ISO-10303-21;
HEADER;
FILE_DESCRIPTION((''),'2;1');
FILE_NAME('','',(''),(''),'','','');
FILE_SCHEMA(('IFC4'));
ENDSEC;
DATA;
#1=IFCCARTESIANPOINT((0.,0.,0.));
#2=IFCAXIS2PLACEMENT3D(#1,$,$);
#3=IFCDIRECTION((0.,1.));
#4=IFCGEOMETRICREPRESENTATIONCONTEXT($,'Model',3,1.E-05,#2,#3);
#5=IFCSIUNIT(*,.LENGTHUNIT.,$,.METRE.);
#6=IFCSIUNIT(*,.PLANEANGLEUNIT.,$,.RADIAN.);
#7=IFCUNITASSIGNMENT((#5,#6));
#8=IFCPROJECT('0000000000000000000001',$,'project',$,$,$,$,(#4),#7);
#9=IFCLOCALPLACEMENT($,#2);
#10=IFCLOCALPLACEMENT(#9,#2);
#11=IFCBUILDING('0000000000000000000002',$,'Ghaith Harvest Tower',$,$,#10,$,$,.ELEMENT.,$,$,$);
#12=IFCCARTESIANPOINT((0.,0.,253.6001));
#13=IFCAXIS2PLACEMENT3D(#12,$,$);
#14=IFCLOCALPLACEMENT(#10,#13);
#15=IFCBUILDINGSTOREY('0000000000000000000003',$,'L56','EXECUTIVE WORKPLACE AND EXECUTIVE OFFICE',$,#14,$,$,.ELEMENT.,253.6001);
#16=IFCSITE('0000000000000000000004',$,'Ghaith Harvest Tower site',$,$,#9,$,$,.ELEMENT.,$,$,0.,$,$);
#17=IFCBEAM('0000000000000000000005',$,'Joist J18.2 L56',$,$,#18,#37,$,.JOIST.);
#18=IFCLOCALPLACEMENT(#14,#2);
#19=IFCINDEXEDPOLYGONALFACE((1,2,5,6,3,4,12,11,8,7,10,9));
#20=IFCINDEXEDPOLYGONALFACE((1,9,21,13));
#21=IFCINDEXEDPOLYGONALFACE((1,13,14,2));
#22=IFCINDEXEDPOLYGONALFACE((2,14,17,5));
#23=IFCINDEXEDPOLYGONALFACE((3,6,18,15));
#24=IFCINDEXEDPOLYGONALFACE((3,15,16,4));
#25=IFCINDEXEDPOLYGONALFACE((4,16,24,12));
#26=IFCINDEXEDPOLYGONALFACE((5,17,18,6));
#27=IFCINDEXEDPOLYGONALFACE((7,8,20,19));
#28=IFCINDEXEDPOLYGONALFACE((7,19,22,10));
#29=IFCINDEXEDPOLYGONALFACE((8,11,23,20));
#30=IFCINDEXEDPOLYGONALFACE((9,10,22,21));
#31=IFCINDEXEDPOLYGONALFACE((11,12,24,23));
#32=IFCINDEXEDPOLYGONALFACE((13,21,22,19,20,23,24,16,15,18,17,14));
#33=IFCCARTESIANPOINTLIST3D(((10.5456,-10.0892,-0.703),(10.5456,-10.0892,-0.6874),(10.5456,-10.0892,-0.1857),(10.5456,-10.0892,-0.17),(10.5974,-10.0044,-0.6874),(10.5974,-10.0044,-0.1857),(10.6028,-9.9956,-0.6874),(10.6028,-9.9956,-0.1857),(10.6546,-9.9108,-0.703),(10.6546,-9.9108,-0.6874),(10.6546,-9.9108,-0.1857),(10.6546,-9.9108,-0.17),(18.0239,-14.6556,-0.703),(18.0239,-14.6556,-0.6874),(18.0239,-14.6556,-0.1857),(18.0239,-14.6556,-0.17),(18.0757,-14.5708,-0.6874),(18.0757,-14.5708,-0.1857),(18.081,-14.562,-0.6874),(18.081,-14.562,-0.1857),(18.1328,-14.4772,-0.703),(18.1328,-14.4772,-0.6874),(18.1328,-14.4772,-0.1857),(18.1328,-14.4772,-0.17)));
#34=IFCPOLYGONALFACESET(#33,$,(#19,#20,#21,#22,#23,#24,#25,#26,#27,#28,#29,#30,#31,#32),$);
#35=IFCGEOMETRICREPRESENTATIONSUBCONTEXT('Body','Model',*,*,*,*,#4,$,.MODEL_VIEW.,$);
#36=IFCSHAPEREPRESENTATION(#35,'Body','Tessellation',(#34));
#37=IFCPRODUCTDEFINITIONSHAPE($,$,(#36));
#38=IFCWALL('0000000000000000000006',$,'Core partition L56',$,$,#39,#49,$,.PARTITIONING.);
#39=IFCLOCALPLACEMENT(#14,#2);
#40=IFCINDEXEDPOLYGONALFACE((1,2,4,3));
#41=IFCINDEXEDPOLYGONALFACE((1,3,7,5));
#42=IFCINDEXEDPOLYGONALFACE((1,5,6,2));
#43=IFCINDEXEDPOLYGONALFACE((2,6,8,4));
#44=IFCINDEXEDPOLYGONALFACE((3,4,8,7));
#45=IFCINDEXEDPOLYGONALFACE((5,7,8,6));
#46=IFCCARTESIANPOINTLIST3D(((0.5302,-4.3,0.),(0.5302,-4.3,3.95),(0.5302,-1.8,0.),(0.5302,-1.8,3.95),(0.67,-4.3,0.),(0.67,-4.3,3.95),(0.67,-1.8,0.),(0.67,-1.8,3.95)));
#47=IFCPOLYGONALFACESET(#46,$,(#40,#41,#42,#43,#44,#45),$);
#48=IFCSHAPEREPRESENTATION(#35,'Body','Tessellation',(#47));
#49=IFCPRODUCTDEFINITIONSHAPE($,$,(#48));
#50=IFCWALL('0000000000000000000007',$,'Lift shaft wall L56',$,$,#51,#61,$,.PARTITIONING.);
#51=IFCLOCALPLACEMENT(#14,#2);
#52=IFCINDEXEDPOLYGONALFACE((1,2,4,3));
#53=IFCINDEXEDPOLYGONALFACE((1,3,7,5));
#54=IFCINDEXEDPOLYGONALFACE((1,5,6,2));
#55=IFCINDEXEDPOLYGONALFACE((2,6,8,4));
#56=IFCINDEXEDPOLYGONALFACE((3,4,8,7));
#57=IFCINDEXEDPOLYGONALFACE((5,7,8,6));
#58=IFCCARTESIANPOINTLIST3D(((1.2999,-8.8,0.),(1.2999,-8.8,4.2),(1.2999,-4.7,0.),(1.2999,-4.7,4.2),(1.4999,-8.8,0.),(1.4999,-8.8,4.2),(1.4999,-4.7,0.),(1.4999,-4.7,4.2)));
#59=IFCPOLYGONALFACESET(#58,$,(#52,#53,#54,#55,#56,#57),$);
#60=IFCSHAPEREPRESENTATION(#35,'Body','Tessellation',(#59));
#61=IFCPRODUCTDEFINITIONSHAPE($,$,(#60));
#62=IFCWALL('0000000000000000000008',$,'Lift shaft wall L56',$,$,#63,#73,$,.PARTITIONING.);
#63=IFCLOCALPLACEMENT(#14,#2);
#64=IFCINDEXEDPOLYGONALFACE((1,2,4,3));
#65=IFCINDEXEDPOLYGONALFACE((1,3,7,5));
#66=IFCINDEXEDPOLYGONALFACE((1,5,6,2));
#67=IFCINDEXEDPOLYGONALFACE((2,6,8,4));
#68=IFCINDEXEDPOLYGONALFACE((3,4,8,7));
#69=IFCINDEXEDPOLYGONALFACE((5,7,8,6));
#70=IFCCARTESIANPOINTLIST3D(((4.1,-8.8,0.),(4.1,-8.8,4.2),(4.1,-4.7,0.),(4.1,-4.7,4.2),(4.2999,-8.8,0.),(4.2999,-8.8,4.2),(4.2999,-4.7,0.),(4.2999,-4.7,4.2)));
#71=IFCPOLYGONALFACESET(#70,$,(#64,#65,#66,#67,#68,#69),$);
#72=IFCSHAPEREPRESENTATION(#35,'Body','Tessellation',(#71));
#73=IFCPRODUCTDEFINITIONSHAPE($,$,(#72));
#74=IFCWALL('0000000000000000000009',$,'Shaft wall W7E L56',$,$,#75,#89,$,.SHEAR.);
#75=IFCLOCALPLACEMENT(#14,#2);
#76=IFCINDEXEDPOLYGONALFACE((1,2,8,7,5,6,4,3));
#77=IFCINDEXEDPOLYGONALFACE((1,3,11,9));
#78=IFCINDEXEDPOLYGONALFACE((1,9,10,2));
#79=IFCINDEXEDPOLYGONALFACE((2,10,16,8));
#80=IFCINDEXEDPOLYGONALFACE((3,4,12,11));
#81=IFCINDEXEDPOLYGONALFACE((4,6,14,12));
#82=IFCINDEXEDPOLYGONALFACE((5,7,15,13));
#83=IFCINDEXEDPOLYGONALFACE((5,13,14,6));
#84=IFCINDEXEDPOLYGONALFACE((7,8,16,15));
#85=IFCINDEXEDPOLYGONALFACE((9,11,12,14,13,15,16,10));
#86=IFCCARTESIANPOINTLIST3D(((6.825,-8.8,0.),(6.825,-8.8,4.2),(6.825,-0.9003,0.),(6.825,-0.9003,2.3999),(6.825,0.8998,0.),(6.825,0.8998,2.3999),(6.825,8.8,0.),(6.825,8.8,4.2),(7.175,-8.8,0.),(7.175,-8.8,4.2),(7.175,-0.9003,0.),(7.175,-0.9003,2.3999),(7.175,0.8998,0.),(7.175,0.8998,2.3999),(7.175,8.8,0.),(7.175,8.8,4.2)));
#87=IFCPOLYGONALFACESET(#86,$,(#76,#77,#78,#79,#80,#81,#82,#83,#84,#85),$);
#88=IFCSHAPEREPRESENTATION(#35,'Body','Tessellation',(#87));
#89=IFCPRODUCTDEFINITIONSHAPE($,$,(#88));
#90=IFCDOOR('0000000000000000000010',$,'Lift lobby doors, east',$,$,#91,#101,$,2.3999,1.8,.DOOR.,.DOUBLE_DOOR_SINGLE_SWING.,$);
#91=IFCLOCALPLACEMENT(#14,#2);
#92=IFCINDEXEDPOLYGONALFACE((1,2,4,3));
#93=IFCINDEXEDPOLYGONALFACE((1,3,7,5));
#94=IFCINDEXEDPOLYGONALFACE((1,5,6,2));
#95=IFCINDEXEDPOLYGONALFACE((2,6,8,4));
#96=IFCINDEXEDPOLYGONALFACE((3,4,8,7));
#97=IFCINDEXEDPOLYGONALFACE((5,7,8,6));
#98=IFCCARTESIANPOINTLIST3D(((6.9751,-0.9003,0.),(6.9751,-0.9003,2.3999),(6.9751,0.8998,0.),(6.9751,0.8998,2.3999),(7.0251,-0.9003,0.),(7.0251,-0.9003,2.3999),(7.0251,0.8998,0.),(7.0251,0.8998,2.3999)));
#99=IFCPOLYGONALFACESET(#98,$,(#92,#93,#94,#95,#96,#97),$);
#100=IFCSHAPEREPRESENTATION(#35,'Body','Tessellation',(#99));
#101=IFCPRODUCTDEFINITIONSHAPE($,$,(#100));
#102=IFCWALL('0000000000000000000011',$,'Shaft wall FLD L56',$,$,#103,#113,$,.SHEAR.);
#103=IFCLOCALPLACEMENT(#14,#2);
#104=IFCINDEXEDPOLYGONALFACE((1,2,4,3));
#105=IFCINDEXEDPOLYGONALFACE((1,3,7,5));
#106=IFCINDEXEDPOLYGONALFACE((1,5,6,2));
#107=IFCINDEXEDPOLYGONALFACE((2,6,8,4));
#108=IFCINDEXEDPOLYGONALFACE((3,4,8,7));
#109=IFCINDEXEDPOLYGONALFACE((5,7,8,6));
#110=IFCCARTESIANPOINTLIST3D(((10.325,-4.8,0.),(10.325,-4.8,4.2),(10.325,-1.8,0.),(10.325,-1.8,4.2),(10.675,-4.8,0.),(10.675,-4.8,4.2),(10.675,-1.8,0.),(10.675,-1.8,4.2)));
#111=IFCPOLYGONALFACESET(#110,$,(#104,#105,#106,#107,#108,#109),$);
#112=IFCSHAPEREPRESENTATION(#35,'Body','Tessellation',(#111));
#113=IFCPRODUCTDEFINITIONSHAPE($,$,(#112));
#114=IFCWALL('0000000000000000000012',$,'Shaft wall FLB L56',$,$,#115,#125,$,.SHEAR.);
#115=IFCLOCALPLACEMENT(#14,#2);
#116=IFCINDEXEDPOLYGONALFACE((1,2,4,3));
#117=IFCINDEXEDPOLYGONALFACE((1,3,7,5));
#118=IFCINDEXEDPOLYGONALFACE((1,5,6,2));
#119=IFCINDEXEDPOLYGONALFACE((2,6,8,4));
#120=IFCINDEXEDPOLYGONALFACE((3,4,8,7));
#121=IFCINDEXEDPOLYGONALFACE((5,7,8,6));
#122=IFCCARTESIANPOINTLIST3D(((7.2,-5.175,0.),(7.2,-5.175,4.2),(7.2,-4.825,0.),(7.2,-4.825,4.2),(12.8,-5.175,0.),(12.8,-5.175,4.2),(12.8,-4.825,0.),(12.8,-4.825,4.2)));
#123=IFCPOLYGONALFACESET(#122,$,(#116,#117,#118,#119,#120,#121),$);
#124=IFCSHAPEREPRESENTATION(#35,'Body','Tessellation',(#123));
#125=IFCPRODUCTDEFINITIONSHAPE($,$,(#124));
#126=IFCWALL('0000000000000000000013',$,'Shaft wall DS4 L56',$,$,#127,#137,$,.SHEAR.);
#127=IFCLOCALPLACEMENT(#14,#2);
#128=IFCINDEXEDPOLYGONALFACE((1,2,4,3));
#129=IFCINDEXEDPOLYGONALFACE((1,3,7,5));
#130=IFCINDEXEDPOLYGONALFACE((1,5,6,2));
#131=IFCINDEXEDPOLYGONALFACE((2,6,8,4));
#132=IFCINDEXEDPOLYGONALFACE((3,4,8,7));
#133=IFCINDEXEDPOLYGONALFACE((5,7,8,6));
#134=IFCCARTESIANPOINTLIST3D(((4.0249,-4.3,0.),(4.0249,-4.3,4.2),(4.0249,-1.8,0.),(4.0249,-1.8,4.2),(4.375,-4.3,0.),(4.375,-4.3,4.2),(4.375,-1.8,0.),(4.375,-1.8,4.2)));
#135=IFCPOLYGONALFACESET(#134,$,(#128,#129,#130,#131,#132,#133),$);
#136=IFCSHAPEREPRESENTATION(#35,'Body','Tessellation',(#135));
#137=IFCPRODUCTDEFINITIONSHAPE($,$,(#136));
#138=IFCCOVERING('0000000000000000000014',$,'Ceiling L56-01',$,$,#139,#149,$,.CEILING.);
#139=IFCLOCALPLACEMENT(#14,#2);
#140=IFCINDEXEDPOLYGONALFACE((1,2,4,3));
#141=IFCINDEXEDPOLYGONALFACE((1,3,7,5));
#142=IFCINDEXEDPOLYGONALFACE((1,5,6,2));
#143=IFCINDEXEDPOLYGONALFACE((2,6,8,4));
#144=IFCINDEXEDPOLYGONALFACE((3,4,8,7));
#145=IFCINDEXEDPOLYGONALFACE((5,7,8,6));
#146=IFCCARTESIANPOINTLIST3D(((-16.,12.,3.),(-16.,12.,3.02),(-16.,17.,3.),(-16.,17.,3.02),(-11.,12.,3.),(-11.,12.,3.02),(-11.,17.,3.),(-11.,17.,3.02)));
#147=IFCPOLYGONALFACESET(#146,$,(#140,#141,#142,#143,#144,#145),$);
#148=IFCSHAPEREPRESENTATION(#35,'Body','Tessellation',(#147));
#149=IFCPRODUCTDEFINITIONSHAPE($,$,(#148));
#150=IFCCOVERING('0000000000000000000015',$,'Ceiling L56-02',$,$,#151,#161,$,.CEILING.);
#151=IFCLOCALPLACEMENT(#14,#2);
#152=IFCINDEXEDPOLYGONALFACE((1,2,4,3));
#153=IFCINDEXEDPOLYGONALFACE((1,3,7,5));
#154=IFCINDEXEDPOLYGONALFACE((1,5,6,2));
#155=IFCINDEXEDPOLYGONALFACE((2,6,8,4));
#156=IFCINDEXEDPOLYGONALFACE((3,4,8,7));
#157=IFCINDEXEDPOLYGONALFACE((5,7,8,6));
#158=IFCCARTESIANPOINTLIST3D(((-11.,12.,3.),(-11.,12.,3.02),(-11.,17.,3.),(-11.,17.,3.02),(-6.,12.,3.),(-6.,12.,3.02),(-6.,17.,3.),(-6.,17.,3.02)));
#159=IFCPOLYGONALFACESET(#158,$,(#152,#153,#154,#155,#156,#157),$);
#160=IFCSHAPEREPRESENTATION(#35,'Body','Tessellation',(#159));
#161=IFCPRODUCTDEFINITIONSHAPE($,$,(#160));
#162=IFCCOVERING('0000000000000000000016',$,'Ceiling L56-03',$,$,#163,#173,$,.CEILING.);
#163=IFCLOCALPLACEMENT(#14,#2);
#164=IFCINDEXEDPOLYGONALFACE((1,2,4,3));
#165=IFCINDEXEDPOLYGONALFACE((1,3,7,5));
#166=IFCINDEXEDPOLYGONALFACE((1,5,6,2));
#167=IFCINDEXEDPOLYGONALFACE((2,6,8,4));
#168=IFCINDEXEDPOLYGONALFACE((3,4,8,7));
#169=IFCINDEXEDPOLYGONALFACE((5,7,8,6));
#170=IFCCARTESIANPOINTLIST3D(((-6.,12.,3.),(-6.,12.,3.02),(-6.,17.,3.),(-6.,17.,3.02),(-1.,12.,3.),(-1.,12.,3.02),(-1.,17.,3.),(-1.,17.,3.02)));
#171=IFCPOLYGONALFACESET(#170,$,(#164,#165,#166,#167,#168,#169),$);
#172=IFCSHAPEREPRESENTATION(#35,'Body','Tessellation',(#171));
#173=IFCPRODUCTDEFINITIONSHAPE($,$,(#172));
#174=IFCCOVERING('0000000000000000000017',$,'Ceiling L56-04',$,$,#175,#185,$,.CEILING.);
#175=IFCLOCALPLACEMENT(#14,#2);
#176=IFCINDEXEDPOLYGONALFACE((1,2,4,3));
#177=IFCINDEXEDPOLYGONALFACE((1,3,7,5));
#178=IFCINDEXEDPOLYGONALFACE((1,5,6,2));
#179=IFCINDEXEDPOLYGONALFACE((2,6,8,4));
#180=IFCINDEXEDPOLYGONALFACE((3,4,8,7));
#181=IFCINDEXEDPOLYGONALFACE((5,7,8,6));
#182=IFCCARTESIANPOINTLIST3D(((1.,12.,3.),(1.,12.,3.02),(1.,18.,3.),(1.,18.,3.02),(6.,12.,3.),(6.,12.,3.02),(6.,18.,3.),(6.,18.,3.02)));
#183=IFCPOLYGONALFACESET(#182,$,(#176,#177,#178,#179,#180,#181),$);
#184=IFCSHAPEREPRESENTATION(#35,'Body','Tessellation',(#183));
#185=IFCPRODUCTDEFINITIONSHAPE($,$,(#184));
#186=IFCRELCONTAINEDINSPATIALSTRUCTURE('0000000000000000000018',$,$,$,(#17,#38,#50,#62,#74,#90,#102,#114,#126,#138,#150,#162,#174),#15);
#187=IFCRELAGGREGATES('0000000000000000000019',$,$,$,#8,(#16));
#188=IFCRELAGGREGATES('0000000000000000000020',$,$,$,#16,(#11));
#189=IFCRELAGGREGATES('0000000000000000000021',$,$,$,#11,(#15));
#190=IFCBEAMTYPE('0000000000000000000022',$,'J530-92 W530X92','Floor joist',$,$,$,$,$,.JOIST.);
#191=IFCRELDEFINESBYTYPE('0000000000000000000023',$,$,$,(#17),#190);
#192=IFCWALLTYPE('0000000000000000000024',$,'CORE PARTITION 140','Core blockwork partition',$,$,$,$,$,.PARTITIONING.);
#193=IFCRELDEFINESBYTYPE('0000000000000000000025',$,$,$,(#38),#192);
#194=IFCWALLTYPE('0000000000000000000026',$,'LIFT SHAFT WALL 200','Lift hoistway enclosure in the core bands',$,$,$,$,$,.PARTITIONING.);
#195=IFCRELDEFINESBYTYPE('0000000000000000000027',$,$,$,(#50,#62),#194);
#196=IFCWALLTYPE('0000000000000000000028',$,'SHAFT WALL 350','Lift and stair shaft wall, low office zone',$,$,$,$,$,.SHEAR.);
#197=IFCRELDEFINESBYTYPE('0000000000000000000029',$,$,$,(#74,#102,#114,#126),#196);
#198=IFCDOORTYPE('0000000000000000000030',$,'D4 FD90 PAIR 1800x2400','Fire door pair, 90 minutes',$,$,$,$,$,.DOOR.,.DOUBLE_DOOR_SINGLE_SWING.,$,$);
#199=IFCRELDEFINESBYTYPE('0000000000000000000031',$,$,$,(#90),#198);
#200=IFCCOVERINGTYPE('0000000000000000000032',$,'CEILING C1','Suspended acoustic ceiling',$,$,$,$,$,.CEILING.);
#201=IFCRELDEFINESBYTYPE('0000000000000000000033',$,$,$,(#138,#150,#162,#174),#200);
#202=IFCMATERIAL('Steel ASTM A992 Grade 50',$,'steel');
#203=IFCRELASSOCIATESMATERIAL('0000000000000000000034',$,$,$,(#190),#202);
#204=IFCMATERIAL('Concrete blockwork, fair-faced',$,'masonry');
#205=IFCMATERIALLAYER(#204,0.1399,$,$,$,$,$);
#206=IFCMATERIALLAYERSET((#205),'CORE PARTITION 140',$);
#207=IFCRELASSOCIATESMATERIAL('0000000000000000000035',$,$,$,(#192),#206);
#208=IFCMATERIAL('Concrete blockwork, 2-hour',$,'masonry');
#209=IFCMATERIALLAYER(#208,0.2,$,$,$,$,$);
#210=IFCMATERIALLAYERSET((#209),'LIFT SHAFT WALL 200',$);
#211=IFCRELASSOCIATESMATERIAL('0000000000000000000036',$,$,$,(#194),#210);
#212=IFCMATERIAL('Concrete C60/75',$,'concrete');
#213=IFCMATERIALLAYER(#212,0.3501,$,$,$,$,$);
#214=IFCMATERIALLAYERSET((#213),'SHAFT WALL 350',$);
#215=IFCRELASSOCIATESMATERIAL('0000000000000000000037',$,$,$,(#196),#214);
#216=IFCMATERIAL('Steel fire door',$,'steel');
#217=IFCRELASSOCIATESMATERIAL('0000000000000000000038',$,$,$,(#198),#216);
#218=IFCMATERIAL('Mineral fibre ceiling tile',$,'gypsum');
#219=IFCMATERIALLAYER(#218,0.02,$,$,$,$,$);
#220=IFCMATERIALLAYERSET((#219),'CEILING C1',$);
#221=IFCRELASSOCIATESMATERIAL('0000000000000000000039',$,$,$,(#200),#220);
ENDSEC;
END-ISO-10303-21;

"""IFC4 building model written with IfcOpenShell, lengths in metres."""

from ifc_helpers import new_model, si_unit, direction, frame, frame_2d, origin, origin_2d, place, context, subcontext, project, spatial, polyline, rectangle, i_section, outline, extrude, material, layer, layer_set, material_profile, profile_set, type_object, element, fill, save


model = new_model("IFC4")

# Units and contexts
model_context = context("Model", 3, precision=1e-05, world=origin(), true_north=direction((0.0, 1.0)))
body_context = subcontext(model_context, "Body", "Model", "MODEL_VIEW")
ifc_project = project(units=[si_unit("LENGTHUNIT", "METRE"), si_unit("PLANEANGLEUNIT", "RADIAN")], contexts=[model_context])

# Site, building, storey
site_placement = place(None, origin())
site = spatial("IfcSite", under=ifc_project, at=site_placement, Name="Ghaith Harvest Tower site", CompositionType="ELEMENT", RefElevation=0.0)
building_placement = place(site_placement, origin())
building = spatial("IfcBuilding", under=site, at=building_placement, Name="Ghaith Harvest Tower", CompositionType="ELEMENT")
storey_placement = place(building_placement, frame((0.0, 0.0, 253.6001)))
storey = spatial("IfcBuildingStorey", under=building, at=storey_placement, Name="L56", Description="EXECUTIVE WORKPLACE AND EXECUTIVE OFFICE", CompositionType="ELEMENT", Elevation=253.6001)

# Beam
ifc_material_1 = material(Name="Steel ASTM A992 Grade 50", Category="steel")
ifc_material_profile = material_profile(ifc_material_1, i_section(OverallWidth=0.209, OverallDepth=0.533, WebThickness=0.0103, FlangeThickness=0.0156, at=origin_2d()), Name="W530X92")
ifc_profile_set = profile_set([ifc_material_profile], Name="Steel ASTM A992 Grade 50")
beam_type = type_object("IfcBeamType", Name="J530-92 W530X92", Description="Floor joist", PredefinedType="JOIST", material=ifc_profile_set)
beam_placement = place(storey_placement, frame((10.6001, -10.0, -0.4365), z_axis=(0.853467, -0.521147, 0.0), x_axis=(0.521147, 0.853467, 0.0)))
element("IfcBeam", 1, at=beam_placement, inside=storey, type_object=beam_type, Name="Joist J18.2 L56", PredefinedType="JOIST", context=body_context, shape_type="SweptSolid", body=[
    extrude(i_section(OverallWidth=0.209, OverallDepth=0.533, WebThickness=0.0103, FlangeThickness=0.0156, at=origin_2d()), origin(), (0.0, 0.0, 1.0), 8.7622),
])

# Walls
ifc_material_2 = material(Name="Concrete blockwork, fair-faced", Category="masonry")
ifc_layer_1 = layer(ifc_material_2, 0.1399)
ifc_layer_set_1 = layer_set([ifc_layer_1], Name="CORE PARTITION 140")
wall_type_1 = type_object("IfcWallType", Name="CORE PARTITION 140", Description="Core blockwork partition", PredefinedType="PARTITIONING", material=ifc_layer_set_1)
wall_1_placement = place(storey_placement, frame((0.6001, -1.8, 0.0), z_axis=(0.0, 0.0, 1.0), x_axis=(0.0, -1.0, 0.0)))
element("IfcWall", 2, at=wall_1_placement, inside=storey, type_object=wall_type_1, Name="Core partition L56", PredefinedType="PARTITIONING", context=body_context, shape_type="SweptSolid", body=[
    extrude(rectangle(XDim=2.5, YDim=0.1399, at=frame_2d((1.25, 0.0))), origin(), (0.0, 0.0, 1.0), 3.95),
])
ifc_material_3 = material(Name="Concrete blockwork, 2-hour", Category="masonry")
ifc_layer_2 = layer(ifc_material_3, 0.2)
ifc_layer_set_2 = layer_set([ifc_layer_2], Name="LIFT SHAFT WALL 200")
wall_type_2 = type_object("IfcWallType", Name="LIFT SHAFT WALL 200", Description="Lift hoistway enclosure in the core bands", PredefinedType="PARTITIONING", material=ifc_layer_set_2)
for number, where, z_axis, x_axis, name in (
    (3, (1.3999, -4.7, 0.0), (0.0, 0.0, 1.0), (0.0, -1.0, 0.0), "Lift shaft wall L56"),
    (4, (4.2, -4.7, 0.0), (0.0, 0.0, 1.0), (0.0, -1.0, 0.0), "Lift shaft wall L56"),
):
    element("IfcWall", number, at=place(storey_placement, frame(where, z_axis=z_axis, x_axis=x_axis)), inside=storey, type_object=wall_type_2, Name=name, PredefinedType="PARTITIONING", context=body_context, shape_type="SweptSolid", body=[
        extrude(rectangle(XDim=4.1001, YDim=0.2, at=frame_2d((2.05, 0.0))), origin(), (0.0, 0.0, 1.0), 4.2),
    ])

# Wall, opening, door
ifc_material_4 = material(Name="Concrete C60/75", Category="concrete")
ifc_layer_3 = layer(ifc_material_4, 0.3501)
ifc_layer_set_3 = layer_set([ifc_layer_3], Name="SHAFT WALL 350")
wall_type_3 = type_object("IfcWallType", Name="SHAFT WALL 350", Description="Lift and stair shaft wall, low office zone", PredefinedType="SHEAR", material=ifc_layer_set_3)
wall_2_placement = place(storey_placement, frame((7.0, -8.8, 0.0), z_axis=(0.0, 0.0, 1.0), x_axis=(0.0, 1.0, 0.0)))
wall_2 = element("IfcWall", 5, at=wall_2_placement, inside=storey, type_object=wall_type_3, Name="Shaft wall W7E L56", PredefinedType="SHEAR", context=body_context, shape_type="SweptSolid", body=[
    extrude(rectangle(XDim=17.6001, YDim=0.3501, at=frame_2d((8.8, 0.0))), origin(), (0.0, 0.0, 1.0), 4.2),
])
opening_1_placement = place(wall_2_placement, frame((7.8999, 0.0, 0.0)))
opening_1 = element("IfcOpeningElement", 6, at=opening_1_placement, cuts=wall_2, PredefinedType="OPENING", context=body_context, shape_type="SweptSolid", body=[
    extrude(rectangle(XDim=1.8, YDim=2.3999, at=frame_2d((0.8999, 1.2))), frame((0.0, 0.1851, 0.0), z_axis=(0.0, -1.0, 0.0), x_axis=(1.0, 0.0, 0.0)), (0.0, 0.0, 1.0), 0.3701),
])
ifc_material_5 = material(Name="Steel fire door", Category="steel")
door_type_1 = type_object("IfcDoorType", Name="D4 FD90 PAIR 1800x2400", Description="Fire door pair, 90 minutes", OperationType="DOUBLE_DOOR_SINGLE_SWING", PredefinedType="DOOR", material=ifc_material_5)
door_1_placement = place(opening_1_placement, origin())
door_1 = element("IfcDoor", 7, at=door_1_placement, inside=storey, type_object=door_type_1, Name="Lift lobby doors, east", OperationType="DOUBLE_DOOR_SINGLE_SWING", OverallHeight=2.3999, OverallWidth=1.8, PredefinedType="DOOR", context=body_context, shape_type="SweptSolid", body=[
    extrude(rectangle(XDim=1.8, YDim=2.3999, at=frame_2d((0.8999, 1.2))), frame((0.0, 0.0249, 0.0), z_axis=(0.0, -1.0, 0.0), x_axis=(1.0, 0.0, 0.0)), (0.0, 0.0, 1.0), 0.05),
])
fill(opening_1, door_1)

# Walls
wall_3_placement = place(storey_placement, frame((10.5, -4.8, 0.0), z_axis=(0.0, 0.0, 1.0), x_axis=(0.0, 1.0, 0.0)))
element("IfcWall", 8, at=wall_3_placement, inside=storey, type_object=wall_type_3, Name="Shaft wall FLD L56", PredefinedType="SHEAR", context=body_context, shape_type="SweptSolid", body=[
    extrude(rectangle(XDim=3.0, YDim=0.3501, at=frame_2d((1.5, 0.0))), origin(), (0.0, 0.0, 1.0), 4.2),
])
wall_4_placement = place(storey_placement, frame((7.2, -5.0, 0.0), z_axis=(0.0, 0.0, 1.0), x_axis=(1.0, 0.0, 0.0)))
element("IfcWall", 9, at=wall_4_placement, inside=storey, type_object=wall_type_3, Name="Shaft wall FLB L56", PredefinedType="SHEAR", context=body_context, shape_type="SweptSolid", body=[
    extrude(rectangle(XDim=5.6001, YDim=0.3501, at=frame_2d((2.8, 0.0))), origin(), (0.0, 0.0, 1.0), 4.2),
])
wall_5_placement = place(storey_placement, frame((4.2, -4.3, 0.0), z_axis=(0.0, 0.0, 1.0), x_axis=(0.0, 1.0, 0.0)))
element("IfcWall", 10, at=wall_5_placement, inside=storey, type_object=wall_type_3, Name="Shaft wall DS4 L56", PredefinedType="SHEAR", context=body_context, shape_type="SweptSolid", body=[
    extrude(rectangle(XDim=2.5, YDim=0.3501, at=frame_2d((1.25, 0.0))), origin(), (0.0, 0.0, 1.0), 4.2),
])

# Coverings
ifc_material_6 = material(Name="Mineral fibre ceiling tile", Category="gypsum")
ifc_layer_4 = layer(ifc_material_6, 0.02)
ifc_layer_set_4 = layer_set([ifc_layer_4], Name="CEILING C1")
covering_type = type_object("IfcCoveringType", Name="CEILING C1", Description="Suspended acoustic ceiling", PredefinedType="CEILING", material=ifc_layer_set_4)
covering_1_placement = place(storey_placement, frame((0.0, 0.0, 3.0)))
element("IfcCovering", 11, at=covering_1_placement, inside=storey, type_object=covering_type, Name="Ceiling L56-01", PredefinedType="CEILING", context=body_context, shape_type="SweptSolid", body=[
    extrude(outline(polyline([(-16.0, 12.0), (-11.0, 12.0), (-11.0, 17.0), (-16.0, 17.0), (-16.0, 12.0)])), origin(), (0.0, 0.0, 1.0), 0.02),
])
covering_2_placement = place(storey_placement, frame((0.0, 0.0, 3.0)))
element("IfcCovering", 12, at=covering_2_placement, inside=storey, type_object=covering_type, Name="Ceiling L56-02", PredefinedType="CEILING", context=body_context, shape_type="SweptSolid", body=[
    extrude(outline(polyline([(-11.0, 12.0), (-6.0, 12.0), (-6.0, 17.0), (-11.0, 17.0), (-11.0, 12.0)])), origin(), (0.0, 0.0, 1.0), 0.02),
])
covering_3_placement = place(storey_placement, frame((0.0, 0.0, 3.0)))
element("IfcCovering", 13, at=covering_3_placement, inside=storey, type_object=covering_type, Name="Ceiling L56-03", PredefinedType="CEILING", context=body_context, shape_type="SweptSolid", body=[
    extrude(outline(polyline([(-6.0, 12.0), (-1.0, 12.0), (-1.0, 17.0), (-6.0, 17.0), (-6.0, 12.0)])), origin(), (0.0, 0.0, 1.0), 0.02),
])
covering_4_placement = place(storey_placement, frame((0.0, 0.0, 3.0)))
element("IfcCovering", 14, at=covering_4_placement, inside=storey, type_object=covering_type, Name="Ceiling L56-04", PredefinedType="CEILING", context=body_context, shape_type="SweptSolid", body=[
    extrude(outline(polyline([(1.0, 12.0), (6.0, 12.0), (6.0, 18.0), (1.0, 18.0), (1.0, 12.0)])), origin(), (0.0, 0.0, 1.0), 0.02),
])

save(model, "model.ifc")
